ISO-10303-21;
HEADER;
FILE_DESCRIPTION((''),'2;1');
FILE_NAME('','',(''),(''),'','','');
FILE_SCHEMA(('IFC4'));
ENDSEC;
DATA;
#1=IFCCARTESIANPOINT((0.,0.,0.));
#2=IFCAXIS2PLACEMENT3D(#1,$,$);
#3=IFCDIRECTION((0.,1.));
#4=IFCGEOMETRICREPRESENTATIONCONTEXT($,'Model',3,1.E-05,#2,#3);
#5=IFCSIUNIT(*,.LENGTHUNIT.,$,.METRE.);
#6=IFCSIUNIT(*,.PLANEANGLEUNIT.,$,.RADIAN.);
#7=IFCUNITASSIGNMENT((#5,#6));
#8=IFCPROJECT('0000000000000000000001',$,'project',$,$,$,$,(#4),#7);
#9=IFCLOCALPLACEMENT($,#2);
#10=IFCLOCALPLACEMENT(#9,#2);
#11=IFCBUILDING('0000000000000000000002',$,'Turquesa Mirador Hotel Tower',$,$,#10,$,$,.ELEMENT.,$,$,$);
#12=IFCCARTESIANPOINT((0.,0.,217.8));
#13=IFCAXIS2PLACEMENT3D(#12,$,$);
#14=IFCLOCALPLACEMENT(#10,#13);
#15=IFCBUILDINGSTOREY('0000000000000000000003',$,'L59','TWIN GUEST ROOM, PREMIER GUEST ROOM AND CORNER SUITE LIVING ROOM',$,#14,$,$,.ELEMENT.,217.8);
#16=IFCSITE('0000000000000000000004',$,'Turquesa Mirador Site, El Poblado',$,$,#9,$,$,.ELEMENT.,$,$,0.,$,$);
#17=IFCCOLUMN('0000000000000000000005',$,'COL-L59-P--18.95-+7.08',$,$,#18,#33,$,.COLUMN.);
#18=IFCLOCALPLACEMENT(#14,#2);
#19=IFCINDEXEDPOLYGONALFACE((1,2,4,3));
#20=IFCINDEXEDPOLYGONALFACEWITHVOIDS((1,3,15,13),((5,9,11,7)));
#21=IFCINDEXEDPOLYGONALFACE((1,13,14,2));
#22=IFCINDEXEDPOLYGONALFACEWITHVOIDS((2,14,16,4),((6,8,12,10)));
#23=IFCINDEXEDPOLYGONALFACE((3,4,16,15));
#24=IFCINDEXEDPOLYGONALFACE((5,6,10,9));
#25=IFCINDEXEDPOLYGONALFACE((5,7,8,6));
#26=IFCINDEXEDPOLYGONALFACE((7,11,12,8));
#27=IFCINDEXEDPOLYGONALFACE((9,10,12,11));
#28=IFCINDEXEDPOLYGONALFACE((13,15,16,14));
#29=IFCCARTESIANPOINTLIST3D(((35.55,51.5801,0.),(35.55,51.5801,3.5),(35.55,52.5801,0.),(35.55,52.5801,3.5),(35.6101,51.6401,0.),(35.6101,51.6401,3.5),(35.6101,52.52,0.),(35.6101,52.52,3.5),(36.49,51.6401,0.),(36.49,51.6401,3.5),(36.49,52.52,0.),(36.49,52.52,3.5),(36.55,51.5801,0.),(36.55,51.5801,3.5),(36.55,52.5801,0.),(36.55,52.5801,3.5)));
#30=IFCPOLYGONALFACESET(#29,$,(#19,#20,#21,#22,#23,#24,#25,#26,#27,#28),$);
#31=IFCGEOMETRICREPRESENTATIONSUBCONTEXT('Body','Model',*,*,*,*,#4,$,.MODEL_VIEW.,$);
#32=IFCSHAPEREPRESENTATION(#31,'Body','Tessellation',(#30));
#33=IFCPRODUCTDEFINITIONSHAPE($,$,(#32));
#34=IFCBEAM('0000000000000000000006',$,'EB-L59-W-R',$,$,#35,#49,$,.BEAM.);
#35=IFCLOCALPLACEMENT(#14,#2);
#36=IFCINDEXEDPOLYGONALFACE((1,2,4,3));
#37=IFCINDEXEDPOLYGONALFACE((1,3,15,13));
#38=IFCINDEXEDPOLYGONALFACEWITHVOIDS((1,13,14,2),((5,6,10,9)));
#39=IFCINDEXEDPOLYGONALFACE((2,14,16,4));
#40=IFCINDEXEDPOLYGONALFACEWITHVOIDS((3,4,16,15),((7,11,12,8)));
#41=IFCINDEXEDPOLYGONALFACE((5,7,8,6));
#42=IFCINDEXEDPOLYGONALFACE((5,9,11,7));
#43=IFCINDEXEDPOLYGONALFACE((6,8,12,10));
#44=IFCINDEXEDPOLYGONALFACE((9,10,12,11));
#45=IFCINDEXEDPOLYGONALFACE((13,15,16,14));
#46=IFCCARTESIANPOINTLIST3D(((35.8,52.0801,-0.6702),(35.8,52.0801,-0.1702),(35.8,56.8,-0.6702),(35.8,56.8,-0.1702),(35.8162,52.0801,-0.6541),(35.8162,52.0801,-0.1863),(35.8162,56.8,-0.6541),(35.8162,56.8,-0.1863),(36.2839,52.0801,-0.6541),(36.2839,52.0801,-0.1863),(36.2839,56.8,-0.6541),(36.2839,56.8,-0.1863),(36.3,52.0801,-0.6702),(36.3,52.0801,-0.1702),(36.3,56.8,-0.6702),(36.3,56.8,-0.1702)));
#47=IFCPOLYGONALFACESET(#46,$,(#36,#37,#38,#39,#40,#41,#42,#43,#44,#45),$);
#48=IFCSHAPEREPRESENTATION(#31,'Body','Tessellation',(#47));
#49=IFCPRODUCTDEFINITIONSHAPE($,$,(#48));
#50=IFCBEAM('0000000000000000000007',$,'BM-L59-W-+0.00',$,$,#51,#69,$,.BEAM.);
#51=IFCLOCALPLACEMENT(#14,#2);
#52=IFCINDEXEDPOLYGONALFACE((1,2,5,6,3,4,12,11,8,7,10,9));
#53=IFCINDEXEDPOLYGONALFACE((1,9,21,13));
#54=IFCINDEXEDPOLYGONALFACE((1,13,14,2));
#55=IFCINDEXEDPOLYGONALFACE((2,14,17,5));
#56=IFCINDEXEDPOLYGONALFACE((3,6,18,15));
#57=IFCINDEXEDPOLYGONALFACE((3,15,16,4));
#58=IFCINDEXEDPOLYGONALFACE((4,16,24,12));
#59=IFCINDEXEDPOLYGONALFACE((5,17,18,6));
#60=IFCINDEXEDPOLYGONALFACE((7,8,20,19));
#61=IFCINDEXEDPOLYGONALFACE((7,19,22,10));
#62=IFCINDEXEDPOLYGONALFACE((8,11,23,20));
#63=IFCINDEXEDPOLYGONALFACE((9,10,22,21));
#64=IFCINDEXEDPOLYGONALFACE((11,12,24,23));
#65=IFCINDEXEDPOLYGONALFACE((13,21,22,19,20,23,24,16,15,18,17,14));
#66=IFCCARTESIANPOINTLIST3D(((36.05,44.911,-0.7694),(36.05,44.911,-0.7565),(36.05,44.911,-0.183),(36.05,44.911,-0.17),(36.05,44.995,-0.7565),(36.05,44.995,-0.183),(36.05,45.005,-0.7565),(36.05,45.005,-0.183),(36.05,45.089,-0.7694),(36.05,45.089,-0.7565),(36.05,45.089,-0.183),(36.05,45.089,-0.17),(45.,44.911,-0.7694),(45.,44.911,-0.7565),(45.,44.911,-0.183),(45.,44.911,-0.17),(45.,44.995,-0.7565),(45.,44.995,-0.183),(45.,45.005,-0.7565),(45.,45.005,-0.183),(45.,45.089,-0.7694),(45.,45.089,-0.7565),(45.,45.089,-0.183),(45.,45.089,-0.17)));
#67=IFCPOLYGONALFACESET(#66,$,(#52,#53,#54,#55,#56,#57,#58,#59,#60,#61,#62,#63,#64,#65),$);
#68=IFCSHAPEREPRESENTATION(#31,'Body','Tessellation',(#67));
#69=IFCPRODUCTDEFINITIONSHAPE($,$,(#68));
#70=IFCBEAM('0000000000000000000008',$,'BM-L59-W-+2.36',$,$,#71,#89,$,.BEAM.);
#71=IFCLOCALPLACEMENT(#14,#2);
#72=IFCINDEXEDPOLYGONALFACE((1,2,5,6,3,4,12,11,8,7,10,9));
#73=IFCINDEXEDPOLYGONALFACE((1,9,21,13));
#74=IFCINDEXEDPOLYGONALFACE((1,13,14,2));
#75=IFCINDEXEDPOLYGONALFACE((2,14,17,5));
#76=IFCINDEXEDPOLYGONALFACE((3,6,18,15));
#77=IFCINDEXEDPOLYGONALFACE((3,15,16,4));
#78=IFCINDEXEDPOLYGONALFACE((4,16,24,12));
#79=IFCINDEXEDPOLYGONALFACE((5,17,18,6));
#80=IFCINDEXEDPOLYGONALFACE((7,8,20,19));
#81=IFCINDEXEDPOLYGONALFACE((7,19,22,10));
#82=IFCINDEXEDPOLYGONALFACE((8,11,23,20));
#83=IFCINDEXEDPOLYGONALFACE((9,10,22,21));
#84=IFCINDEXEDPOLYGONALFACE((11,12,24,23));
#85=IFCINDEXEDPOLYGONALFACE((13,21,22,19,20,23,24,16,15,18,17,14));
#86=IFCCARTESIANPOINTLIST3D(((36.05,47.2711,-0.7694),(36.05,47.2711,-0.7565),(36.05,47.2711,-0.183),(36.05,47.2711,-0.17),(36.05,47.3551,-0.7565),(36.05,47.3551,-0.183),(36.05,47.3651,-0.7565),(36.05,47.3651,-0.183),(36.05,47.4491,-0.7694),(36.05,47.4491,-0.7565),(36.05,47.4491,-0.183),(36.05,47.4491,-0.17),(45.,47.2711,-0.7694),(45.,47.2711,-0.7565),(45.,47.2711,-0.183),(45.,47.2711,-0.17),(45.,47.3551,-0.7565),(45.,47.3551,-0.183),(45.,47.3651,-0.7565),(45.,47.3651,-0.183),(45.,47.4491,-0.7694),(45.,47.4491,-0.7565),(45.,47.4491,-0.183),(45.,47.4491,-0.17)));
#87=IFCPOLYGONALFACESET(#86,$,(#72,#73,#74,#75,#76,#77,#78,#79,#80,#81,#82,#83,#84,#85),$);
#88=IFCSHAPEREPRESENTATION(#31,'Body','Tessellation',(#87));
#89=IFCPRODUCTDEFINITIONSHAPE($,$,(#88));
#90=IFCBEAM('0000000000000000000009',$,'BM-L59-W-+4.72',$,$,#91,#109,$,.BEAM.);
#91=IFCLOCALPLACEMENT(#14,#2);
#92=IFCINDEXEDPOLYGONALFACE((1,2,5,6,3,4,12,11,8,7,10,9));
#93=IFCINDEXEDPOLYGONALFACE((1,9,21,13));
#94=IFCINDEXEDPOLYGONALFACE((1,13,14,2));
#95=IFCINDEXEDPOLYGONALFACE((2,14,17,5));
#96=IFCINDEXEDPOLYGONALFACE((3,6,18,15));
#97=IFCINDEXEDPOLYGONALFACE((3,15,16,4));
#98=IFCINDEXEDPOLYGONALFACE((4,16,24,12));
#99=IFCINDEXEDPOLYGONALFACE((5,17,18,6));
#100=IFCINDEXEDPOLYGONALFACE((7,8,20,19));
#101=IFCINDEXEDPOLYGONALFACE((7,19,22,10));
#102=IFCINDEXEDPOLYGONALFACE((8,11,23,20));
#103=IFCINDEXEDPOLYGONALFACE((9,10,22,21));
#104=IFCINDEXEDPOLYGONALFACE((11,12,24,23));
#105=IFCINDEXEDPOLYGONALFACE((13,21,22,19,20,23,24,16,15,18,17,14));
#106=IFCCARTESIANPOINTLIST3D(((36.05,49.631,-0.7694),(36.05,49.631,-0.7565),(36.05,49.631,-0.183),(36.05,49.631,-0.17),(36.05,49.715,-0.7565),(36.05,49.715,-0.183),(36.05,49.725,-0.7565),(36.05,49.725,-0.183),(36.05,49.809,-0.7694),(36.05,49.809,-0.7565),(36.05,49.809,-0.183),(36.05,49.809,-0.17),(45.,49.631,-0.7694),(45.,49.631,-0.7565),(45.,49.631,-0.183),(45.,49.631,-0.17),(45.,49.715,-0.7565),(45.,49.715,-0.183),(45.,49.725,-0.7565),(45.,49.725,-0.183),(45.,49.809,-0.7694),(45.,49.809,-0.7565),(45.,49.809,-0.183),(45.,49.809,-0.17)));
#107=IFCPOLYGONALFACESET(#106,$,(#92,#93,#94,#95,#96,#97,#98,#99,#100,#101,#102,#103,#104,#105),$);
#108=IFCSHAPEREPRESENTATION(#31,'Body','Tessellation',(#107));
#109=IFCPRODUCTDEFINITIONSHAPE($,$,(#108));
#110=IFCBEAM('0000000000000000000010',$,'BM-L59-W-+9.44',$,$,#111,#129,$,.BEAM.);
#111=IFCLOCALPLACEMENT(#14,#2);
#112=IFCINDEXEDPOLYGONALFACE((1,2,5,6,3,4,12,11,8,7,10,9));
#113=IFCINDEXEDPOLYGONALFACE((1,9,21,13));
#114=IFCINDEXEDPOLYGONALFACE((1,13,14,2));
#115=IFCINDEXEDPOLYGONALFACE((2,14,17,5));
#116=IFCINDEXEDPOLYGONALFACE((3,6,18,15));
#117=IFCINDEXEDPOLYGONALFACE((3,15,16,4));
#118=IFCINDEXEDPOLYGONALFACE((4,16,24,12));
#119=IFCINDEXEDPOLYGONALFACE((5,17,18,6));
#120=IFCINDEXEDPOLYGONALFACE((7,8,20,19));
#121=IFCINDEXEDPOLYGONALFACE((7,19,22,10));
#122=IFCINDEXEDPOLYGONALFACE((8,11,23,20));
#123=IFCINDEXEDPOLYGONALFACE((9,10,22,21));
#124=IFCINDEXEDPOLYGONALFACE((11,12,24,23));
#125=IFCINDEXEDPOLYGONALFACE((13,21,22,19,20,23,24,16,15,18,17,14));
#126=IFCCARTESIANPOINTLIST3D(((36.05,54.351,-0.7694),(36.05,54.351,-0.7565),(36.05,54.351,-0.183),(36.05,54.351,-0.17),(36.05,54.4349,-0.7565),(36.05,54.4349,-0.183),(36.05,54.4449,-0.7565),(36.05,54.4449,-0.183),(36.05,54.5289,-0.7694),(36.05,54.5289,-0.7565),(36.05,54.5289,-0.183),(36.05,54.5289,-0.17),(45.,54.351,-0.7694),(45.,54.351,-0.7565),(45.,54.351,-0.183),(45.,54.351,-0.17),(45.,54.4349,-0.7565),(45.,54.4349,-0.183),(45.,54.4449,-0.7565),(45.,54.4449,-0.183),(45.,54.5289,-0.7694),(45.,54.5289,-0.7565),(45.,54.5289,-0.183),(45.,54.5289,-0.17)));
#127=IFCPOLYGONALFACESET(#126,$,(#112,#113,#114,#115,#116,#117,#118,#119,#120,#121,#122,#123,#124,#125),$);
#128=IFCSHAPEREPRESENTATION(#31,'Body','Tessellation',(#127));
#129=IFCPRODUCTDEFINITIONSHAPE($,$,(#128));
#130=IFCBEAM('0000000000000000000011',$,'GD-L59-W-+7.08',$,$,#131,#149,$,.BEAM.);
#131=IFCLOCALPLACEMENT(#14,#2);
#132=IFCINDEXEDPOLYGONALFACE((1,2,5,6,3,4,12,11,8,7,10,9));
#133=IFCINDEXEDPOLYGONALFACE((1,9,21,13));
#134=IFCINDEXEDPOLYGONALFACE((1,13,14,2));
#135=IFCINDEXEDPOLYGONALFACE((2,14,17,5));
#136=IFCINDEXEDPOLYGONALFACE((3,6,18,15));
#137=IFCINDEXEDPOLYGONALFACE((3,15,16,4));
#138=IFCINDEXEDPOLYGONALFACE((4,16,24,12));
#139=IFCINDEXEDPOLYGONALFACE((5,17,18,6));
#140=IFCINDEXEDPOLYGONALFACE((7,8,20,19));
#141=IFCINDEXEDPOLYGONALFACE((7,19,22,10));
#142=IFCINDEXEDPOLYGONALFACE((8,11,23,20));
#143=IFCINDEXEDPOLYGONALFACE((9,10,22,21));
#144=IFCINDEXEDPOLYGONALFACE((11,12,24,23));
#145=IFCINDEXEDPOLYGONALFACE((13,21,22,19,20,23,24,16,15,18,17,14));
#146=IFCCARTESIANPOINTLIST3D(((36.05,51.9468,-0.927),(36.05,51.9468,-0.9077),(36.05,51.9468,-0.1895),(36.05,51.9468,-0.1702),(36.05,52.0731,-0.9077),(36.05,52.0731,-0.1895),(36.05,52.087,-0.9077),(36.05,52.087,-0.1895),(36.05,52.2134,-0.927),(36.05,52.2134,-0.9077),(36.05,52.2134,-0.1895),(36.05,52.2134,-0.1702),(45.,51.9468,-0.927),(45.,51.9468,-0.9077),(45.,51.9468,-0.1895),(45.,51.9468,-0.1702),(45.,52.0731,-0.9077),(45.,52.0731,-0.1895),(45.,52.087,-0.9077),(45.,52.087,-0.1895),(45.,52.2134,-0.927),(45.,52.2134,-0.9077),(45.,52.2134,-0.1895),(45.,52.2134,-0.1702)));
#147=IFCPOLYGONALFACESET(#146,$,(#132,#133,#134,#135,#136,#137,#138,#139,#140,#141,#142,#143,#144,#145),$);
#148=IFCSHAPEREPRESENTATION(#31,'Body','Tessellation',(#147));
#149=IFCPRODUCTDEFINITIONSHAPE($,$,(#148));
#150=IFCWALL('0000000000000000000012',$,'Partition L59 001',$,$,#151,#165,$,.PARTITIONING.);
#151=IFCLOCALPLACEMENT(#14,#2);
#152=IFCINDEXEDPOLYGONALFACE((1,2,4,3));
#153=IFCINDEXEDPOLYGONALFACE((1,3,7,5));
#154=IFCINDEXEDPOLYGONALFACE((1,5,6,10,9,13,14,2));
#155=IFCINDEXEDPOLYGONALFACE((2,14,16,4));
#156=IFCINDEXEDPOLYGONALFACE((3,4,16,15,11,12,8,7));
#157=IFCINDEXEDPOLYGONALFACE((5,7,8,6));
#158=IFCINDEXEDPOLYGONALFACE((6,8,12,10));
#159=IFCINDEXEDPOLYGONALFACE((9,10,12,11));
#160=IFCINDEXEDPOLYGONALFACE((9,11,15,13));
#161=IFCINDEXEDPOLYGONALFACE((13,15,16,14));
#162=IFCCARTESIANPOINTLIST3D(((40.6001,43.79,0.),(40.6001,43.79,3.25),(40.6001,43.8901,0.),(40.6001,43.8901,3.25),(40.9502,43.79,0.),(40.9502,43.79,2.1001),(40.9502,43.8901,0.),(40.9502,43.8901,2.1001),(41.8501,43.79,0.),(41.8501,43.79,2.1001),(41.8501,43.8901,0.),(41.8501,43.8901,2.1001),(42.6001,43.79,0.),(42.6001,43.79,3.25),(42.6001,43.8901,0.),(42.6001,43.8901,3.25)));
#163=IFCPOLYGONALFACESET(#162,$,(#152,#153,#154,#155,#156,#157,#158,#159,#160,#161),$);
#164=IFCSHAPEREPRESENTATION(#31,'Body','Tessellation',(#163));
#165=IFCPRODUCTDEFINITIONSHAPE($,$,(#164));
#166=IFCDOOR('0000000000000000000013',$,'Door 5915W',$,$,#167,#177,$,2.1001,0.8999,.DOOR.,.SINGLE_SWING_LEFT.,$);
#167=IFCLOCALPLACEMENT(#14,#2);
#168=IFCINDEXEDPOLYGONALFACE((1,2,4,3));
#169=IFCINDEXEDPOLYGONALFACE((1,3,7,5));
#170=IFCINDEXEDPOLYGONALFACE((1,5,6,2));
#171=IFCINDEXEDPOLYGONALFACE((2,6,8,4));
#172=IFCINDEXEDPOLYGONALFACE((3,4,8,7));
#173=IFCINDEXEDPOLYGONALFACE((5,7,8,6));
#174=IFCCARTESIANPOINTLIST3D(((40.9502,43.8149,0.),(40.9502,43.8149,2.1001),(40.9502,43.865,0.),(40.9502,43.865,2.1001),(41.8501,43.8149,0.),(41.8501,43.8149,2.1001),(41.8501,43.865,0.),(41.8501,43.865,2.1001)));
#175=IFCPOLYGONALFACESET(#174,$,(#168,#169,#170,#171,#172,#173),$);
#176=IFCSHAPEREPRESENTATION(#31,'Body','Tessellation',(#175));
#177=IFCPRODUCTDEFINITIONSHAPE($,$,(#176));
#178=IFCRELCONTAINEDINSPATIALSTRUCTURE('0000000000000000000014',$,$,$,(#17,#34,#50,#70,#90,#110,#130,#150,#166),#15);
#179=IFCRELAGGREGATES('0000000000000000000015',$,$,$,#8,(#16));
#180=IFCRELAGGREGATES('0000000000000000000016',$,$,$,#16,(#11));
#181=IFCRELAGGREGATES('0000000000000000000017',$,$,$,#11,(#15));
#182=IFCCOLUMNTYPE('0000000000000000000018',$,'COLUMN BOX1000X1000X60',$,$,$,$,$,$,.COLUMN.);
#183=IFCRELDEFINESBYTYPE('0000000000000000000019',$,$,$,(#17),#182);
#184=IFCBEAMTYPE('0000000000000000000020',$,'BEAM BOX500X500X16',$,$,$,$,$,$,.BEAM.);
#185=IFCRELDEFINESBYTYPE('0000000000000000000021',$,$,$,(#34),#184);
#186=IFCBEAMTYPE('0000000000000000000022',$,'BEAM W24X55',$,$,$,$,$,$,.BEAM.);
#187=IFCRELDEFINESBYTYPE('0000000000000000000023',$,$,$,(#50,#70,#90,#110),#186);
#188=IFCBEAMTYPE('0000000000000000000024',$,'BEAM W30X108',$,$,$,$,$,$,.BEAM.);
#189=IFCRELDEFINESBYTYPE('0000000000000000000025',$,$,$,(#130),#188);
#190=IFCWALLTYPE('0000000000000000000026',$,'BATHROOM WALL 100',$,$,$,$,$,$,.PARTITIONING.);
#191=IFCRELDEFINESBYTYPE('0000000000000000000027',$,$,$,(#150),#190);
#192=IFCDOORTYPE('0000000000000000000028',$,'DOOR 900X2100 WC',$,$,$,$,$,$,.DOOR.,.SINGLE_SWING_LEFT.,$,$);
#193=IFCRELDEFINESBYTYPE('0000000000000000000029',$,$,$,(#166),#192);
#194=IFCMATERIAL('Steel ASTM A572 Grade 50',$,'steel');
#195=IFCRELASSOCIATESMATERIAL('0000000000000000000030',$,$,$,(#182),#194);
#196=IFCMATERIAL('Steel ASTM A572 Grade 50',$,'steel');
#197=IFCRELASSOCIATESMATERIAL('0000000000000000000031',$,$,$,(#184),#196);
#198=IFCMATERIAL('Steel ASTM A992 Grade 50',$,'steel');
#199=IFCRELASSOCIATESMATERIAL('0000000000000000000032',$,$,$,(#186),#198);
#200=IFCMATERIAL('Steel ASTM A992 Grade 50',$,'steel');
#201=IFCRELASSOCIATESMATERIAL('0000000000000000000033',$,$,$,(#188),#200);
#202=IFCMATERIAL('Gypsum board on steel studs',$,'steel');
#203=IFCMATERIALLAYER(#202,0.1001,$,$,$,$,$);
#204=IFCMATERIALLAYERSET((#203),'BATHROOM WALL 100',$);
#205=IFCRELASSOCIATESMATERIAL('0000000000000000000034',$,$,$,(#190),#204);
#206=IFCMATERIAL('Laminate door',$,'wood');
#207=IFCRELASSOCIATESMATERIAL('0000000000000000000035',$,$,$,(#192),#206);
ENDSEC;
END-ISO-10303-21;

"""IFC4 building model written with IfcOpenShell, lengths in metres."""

from ifc_helpers import new_model, si_unit, direction, frame, frame_2d, origin, origin_2d, place, context, subcontext, project, spatial, rectangle, hollow_rectangle, i_section, extrude, material, layer, layer_set, material_profile, profile_set, type_object, element, fill, save


model = new_model("IFC4")

# Units and contexts
model_context = context("Model", 3, precision=1e-05, world=origin(), true_north=direction((0.0, 1.0)))
body_context = subcontext(model_context, "Body", "Model", "MODEL_VIEW")
ifc_project = project(units=[si_unit("LENGTHUNIT", "METRE"), si_unit("PLANEANGLEUNIT", "RADIAN")], contexts=[model_context])

# Site, building, storey
site_placement = place(None, origin())
site = spatial("IfcSite", under=ifc_project, at=site_placement, Name="Turquesa Mirador Site, El Poblado", CompositionType="ELEMENT", RefElevation=0.0)
building_placement = place(site_placement, origin())
building = spatial("IfcBuilding", under=site, at=building_placement, Name="Turquesa Mirador Hotel Tower", CompositionType="ELEMENT")
storey_placement = place(building_placement, frame((0.0, 0.0, 217.8)))
storey = spatial("IfcBuildingStorey", under=building, at=storey_placement, Name="L59", Description="TWIN GUEST ROOM, PREMIER GUEST ROOM AND CORNER SUITE LIVING ROOM", CompositionType="ELEMENT", Elevation=217.8)

# Column
ifc_material_1 = material(Name="Steel ASTM A572 Grade 50", Category="steel")
ifc_material_profile_1 = material_profile(ifc_material_1, hollow_rectangle(XDim=1.0, YDim=1.0, WallThickness=0.0601, at=origin_2d()), Name="BOX1000X1000X60")
ifc_profile_set_1 = profile_set([ifc_material_profile_1], Name="Steel ASTM A572 Grade 50")
column_type = type_object("IfcColumnType", Name="COLUMN BOX1000X1000X60", PredefinedType="COLUMN", material=ifc_profile_set_1)
column_placement = place(storey_placement, frame((36.05, 52.0801, 0.0), z_axis=(0.0, 0.0, 1.0), x_axis=(1.0, 0.0, 0.0)))
element("IfcColumn", 1, at=column_placement, inside=storey, type_object=column_type, Name="COL-L59-P--18.95-+7.08", PredefinedType="COLUMN", context=body_context, shape_type="SweptSolid", body=[
    extrude(hollow_rectangle(XDim=1.0, YDim=1.0, WallThickness=0.0601, at=origin_2d()), origin(), (0.0, 0.0, 1.0), 3.5),
])

# Beams
ifc_material_2 = material(Name="Steel ASTM A572 Grade 50", Category="steel")
ifc_material_profile_2 = material_profile(ifc_material_2, hollow_rectangle(XDim=0.5, YDim=0.5, WallThickness=0.0161, at=origin_2d()), Name="BOX500X500X16")
ifc_profile_set_2 = profile_set([ifc_material_profile_2], Name="Steel ASTM A572 Grade 50")
beam_type_1 = type_object("IfcBeamType", Name="BEAM BOX500X500X16", PredefinedType="BEAM", material=ifc_profile_set_2)
beam_1_placement = place(storey_placement, frame((36.05, 52.0801, -0.4202), z_axis=(0.0, 1.0, 0.0), x_axis=(-1.0, 0.0, 0.0)))
element("IfcBeam", 2, at=beam_1_placement, inside=storey, type_object=beam_type_1, Name="EB-L59-W-R", PredefinedType="BEAM", context=body_context, shape_type="SweptSolid", body=[
    extrude(hollow_rectangle(XDim=0.5, YDim=0.5, WallThickness=0.0161, at=origin_2d()), origin(), (0.0, 0.0, 1.0), 4.72),
])
ifc_material_3 = material(Name="Steel ASTM A992 Grade 50", Category="steel")
ifc_material_profile_3 = material_profile(ifc_material_3, i_section(OverallWidth=0.178, OverallDepth=0.5994, WebThickness=0.01, FlangeThickness=0.0129, at=origin_2d()), Name="W24X55")
ifc_profile_set_3 = profile_set([ifc_material_profile_3], Name="Steel ASTM A992 Grade 50")
beam_type_2 = type_object("IfcBeamType", Name="BEAM W24X55", PredefinedType="BEAM", material=ifc_profile_set_3)
for number, where, z_axis, x_axis, name in (
    (3, (36.05, 45.0, -0.4697), (1.0, 0.0, 0.0), (0.0, 1.0, 0.0), "BM-L59-W-+0.00"),
    (4, (36.05, 47.3601, -0.4697), (1.0, 0.0, 0.0), (0.0, 1.0, 0.0), "BM-L59-W-+2.36"),
    (5, (36.05, 49.72, -0.4697), (1.0, 0.0, 0.0), (0.0, 1.0, 0.0), "BM-L59-W-+4.72"),
    (6, (36.05, 54.4399, -0.4697), (1.0, 0.0, 0.0), (0.0, 1.0, 0.0), "BM-L59-W-+9.44"),
):
    element("IfcBeam", number, at=place(storey_placement, frame(where, z_axis=z_axis, x_axis=x_axis)), inside=storey, type_object=beam_type_2, Name=name, PredefinedType="BEAM", context=body_context, shape_type="SweptSolid", body=[
        extrude(i_section(OverallWidth=0.178, OverallDepth=0.5994, WebThickness=0.01, FlangeThickness=0.0129, at=origin_2d()), origin(), (0.0, 0.0, 1.0), 8.95),
    ])
ifc_material_4 = material(Name="Steel ASTM A992 Grade 50", Category="steel")
ifc_material_profile_4 = material_profile(ifc_material_4, i_section(OverallWidth=0.2666, OverallDepth=0.7568, WebThickness=0.0139, FlangeThickness=0.0193, at=origin_2d()), Name="W30X108")
ifc_profile_set_4 = profile_set([ifc_material_profile_4], Name="Steel ASTM A992 Grade 50")
beam_type_3 = type_object("IfcBeamType", Name="BEAM W30X108", PredefinedType="BEAM", material=ifc_profile_set_4)
beam_2_placement = place(storey_placement, frame((36.05, 52.0801, -0.5486), z_axis=(1.0, 0.0, 0.0), x_axis=(0.0, 1.0, 0.0)))
element("IfcBeam", 7, at=beam_2_placement, inside=storey, type_object=beam_type_3, Name="GD-L59-W-+7.08", PredefinedType="BEAM", context=body_context, shape_type="SweptSolid", body=[
    extrude(i_section(OverallWidth=0.2666, OverallDepth=0.7568, WebThickness=0.0139, FlangeThickness=0.0193, at=origin_2d()), origin(), (0.0, 0.0, 1.0), 8.95),
])

# Wall, opening, door
ifc_material_5 = material(Name="Gypsum board on steel studs", Category="steel")
ifc_layer_1 = layer(ifc_material_5, 0.1001)
ifc_layer_set_1 = layer_set([ifc_layer_1], Name="BATHROOM WALL 100")
wall_type_1 = type_object("IfcWallType", Name="BATHROOM WALL 100", PredefinedType="PARTITIONING", material=ifc_layer_set_1)
wall_1_placement = place(storey_placement, frame((40.6001, 43.8401, 0.0), z_axis=(0.0, 0.0, 1.0), x_axis=(1.0, 0.0, 0.0)))
wall_1 = element("IfcWall", 8, at=wall_1_placement, inside=storey, type_object=wall_type_1, Name="Partition L59 001", PredefinedType="PARTITIONING", context=body_context, shape_type="SweptSolid", body=[
    extrude(rectangle(XDim=2.0, YDim=0.1001, at=frame_2d((1.0, 0.0))), origin(), (0.0, 0.0, 1.0), 3.25),
])
opening_1_placement = place(wall_1_placement, frame((0.3501, 0.0, 0.0)))
opening_1 = element("IfcOpeningElement", 9, at=opening_1_placement, cuts=wall_1, PredefinedType="OPENING", context=body_context, shape_type="SweptSolid", body=[
    extrude(rectangle(XDim=0.8999, YDim=2.1001, at=frame_2d((0.45, 1.05))), frame((0.0, 0.0601, 0.0), z_axis=(0.0, -1.0, 0.0), x_axis=(1.0, 0.0, 0.0)), (0.0, 0.0, 1.0), 0.1201),
])
ifc_material_6 = material(Name="Laminate door", Category="wood")
door_type_1 = type_object("IfcDoorType", Name="DOOR 900X2100 WC", OperationType="SINGLE_SWING_LEFT", PredefinedType="DOOR", material=ifc_material_6)
door_1_placement = place(opening_1_placement, origin())
door_1 = element("IfcDoor", 10, at=door_1_placement, inside=storey, type_object=door_type_1, Name="Door 5915W", OperationType="SINGLE_SWING_LEFT", OverallHeight=2.1001, OverallWidth=0.8999, PredefinedType="DOOR", context=body_context, shape_type="SweptSolid", body=[
    extrude(rectangle(XDim=0.8999, YDim=2.1001, at=frame_2d((0.45, 1.05))), frame((0.0, 0.0249, 0.0), z_axis=(0.0, -1.0, 0.0), x_axis=(1.0, 0.0, 0.0)), (0.0, 0.0, 1.0), 0.05),
])
fill(opening_1, door_1)

save(model, "model.ifc")
